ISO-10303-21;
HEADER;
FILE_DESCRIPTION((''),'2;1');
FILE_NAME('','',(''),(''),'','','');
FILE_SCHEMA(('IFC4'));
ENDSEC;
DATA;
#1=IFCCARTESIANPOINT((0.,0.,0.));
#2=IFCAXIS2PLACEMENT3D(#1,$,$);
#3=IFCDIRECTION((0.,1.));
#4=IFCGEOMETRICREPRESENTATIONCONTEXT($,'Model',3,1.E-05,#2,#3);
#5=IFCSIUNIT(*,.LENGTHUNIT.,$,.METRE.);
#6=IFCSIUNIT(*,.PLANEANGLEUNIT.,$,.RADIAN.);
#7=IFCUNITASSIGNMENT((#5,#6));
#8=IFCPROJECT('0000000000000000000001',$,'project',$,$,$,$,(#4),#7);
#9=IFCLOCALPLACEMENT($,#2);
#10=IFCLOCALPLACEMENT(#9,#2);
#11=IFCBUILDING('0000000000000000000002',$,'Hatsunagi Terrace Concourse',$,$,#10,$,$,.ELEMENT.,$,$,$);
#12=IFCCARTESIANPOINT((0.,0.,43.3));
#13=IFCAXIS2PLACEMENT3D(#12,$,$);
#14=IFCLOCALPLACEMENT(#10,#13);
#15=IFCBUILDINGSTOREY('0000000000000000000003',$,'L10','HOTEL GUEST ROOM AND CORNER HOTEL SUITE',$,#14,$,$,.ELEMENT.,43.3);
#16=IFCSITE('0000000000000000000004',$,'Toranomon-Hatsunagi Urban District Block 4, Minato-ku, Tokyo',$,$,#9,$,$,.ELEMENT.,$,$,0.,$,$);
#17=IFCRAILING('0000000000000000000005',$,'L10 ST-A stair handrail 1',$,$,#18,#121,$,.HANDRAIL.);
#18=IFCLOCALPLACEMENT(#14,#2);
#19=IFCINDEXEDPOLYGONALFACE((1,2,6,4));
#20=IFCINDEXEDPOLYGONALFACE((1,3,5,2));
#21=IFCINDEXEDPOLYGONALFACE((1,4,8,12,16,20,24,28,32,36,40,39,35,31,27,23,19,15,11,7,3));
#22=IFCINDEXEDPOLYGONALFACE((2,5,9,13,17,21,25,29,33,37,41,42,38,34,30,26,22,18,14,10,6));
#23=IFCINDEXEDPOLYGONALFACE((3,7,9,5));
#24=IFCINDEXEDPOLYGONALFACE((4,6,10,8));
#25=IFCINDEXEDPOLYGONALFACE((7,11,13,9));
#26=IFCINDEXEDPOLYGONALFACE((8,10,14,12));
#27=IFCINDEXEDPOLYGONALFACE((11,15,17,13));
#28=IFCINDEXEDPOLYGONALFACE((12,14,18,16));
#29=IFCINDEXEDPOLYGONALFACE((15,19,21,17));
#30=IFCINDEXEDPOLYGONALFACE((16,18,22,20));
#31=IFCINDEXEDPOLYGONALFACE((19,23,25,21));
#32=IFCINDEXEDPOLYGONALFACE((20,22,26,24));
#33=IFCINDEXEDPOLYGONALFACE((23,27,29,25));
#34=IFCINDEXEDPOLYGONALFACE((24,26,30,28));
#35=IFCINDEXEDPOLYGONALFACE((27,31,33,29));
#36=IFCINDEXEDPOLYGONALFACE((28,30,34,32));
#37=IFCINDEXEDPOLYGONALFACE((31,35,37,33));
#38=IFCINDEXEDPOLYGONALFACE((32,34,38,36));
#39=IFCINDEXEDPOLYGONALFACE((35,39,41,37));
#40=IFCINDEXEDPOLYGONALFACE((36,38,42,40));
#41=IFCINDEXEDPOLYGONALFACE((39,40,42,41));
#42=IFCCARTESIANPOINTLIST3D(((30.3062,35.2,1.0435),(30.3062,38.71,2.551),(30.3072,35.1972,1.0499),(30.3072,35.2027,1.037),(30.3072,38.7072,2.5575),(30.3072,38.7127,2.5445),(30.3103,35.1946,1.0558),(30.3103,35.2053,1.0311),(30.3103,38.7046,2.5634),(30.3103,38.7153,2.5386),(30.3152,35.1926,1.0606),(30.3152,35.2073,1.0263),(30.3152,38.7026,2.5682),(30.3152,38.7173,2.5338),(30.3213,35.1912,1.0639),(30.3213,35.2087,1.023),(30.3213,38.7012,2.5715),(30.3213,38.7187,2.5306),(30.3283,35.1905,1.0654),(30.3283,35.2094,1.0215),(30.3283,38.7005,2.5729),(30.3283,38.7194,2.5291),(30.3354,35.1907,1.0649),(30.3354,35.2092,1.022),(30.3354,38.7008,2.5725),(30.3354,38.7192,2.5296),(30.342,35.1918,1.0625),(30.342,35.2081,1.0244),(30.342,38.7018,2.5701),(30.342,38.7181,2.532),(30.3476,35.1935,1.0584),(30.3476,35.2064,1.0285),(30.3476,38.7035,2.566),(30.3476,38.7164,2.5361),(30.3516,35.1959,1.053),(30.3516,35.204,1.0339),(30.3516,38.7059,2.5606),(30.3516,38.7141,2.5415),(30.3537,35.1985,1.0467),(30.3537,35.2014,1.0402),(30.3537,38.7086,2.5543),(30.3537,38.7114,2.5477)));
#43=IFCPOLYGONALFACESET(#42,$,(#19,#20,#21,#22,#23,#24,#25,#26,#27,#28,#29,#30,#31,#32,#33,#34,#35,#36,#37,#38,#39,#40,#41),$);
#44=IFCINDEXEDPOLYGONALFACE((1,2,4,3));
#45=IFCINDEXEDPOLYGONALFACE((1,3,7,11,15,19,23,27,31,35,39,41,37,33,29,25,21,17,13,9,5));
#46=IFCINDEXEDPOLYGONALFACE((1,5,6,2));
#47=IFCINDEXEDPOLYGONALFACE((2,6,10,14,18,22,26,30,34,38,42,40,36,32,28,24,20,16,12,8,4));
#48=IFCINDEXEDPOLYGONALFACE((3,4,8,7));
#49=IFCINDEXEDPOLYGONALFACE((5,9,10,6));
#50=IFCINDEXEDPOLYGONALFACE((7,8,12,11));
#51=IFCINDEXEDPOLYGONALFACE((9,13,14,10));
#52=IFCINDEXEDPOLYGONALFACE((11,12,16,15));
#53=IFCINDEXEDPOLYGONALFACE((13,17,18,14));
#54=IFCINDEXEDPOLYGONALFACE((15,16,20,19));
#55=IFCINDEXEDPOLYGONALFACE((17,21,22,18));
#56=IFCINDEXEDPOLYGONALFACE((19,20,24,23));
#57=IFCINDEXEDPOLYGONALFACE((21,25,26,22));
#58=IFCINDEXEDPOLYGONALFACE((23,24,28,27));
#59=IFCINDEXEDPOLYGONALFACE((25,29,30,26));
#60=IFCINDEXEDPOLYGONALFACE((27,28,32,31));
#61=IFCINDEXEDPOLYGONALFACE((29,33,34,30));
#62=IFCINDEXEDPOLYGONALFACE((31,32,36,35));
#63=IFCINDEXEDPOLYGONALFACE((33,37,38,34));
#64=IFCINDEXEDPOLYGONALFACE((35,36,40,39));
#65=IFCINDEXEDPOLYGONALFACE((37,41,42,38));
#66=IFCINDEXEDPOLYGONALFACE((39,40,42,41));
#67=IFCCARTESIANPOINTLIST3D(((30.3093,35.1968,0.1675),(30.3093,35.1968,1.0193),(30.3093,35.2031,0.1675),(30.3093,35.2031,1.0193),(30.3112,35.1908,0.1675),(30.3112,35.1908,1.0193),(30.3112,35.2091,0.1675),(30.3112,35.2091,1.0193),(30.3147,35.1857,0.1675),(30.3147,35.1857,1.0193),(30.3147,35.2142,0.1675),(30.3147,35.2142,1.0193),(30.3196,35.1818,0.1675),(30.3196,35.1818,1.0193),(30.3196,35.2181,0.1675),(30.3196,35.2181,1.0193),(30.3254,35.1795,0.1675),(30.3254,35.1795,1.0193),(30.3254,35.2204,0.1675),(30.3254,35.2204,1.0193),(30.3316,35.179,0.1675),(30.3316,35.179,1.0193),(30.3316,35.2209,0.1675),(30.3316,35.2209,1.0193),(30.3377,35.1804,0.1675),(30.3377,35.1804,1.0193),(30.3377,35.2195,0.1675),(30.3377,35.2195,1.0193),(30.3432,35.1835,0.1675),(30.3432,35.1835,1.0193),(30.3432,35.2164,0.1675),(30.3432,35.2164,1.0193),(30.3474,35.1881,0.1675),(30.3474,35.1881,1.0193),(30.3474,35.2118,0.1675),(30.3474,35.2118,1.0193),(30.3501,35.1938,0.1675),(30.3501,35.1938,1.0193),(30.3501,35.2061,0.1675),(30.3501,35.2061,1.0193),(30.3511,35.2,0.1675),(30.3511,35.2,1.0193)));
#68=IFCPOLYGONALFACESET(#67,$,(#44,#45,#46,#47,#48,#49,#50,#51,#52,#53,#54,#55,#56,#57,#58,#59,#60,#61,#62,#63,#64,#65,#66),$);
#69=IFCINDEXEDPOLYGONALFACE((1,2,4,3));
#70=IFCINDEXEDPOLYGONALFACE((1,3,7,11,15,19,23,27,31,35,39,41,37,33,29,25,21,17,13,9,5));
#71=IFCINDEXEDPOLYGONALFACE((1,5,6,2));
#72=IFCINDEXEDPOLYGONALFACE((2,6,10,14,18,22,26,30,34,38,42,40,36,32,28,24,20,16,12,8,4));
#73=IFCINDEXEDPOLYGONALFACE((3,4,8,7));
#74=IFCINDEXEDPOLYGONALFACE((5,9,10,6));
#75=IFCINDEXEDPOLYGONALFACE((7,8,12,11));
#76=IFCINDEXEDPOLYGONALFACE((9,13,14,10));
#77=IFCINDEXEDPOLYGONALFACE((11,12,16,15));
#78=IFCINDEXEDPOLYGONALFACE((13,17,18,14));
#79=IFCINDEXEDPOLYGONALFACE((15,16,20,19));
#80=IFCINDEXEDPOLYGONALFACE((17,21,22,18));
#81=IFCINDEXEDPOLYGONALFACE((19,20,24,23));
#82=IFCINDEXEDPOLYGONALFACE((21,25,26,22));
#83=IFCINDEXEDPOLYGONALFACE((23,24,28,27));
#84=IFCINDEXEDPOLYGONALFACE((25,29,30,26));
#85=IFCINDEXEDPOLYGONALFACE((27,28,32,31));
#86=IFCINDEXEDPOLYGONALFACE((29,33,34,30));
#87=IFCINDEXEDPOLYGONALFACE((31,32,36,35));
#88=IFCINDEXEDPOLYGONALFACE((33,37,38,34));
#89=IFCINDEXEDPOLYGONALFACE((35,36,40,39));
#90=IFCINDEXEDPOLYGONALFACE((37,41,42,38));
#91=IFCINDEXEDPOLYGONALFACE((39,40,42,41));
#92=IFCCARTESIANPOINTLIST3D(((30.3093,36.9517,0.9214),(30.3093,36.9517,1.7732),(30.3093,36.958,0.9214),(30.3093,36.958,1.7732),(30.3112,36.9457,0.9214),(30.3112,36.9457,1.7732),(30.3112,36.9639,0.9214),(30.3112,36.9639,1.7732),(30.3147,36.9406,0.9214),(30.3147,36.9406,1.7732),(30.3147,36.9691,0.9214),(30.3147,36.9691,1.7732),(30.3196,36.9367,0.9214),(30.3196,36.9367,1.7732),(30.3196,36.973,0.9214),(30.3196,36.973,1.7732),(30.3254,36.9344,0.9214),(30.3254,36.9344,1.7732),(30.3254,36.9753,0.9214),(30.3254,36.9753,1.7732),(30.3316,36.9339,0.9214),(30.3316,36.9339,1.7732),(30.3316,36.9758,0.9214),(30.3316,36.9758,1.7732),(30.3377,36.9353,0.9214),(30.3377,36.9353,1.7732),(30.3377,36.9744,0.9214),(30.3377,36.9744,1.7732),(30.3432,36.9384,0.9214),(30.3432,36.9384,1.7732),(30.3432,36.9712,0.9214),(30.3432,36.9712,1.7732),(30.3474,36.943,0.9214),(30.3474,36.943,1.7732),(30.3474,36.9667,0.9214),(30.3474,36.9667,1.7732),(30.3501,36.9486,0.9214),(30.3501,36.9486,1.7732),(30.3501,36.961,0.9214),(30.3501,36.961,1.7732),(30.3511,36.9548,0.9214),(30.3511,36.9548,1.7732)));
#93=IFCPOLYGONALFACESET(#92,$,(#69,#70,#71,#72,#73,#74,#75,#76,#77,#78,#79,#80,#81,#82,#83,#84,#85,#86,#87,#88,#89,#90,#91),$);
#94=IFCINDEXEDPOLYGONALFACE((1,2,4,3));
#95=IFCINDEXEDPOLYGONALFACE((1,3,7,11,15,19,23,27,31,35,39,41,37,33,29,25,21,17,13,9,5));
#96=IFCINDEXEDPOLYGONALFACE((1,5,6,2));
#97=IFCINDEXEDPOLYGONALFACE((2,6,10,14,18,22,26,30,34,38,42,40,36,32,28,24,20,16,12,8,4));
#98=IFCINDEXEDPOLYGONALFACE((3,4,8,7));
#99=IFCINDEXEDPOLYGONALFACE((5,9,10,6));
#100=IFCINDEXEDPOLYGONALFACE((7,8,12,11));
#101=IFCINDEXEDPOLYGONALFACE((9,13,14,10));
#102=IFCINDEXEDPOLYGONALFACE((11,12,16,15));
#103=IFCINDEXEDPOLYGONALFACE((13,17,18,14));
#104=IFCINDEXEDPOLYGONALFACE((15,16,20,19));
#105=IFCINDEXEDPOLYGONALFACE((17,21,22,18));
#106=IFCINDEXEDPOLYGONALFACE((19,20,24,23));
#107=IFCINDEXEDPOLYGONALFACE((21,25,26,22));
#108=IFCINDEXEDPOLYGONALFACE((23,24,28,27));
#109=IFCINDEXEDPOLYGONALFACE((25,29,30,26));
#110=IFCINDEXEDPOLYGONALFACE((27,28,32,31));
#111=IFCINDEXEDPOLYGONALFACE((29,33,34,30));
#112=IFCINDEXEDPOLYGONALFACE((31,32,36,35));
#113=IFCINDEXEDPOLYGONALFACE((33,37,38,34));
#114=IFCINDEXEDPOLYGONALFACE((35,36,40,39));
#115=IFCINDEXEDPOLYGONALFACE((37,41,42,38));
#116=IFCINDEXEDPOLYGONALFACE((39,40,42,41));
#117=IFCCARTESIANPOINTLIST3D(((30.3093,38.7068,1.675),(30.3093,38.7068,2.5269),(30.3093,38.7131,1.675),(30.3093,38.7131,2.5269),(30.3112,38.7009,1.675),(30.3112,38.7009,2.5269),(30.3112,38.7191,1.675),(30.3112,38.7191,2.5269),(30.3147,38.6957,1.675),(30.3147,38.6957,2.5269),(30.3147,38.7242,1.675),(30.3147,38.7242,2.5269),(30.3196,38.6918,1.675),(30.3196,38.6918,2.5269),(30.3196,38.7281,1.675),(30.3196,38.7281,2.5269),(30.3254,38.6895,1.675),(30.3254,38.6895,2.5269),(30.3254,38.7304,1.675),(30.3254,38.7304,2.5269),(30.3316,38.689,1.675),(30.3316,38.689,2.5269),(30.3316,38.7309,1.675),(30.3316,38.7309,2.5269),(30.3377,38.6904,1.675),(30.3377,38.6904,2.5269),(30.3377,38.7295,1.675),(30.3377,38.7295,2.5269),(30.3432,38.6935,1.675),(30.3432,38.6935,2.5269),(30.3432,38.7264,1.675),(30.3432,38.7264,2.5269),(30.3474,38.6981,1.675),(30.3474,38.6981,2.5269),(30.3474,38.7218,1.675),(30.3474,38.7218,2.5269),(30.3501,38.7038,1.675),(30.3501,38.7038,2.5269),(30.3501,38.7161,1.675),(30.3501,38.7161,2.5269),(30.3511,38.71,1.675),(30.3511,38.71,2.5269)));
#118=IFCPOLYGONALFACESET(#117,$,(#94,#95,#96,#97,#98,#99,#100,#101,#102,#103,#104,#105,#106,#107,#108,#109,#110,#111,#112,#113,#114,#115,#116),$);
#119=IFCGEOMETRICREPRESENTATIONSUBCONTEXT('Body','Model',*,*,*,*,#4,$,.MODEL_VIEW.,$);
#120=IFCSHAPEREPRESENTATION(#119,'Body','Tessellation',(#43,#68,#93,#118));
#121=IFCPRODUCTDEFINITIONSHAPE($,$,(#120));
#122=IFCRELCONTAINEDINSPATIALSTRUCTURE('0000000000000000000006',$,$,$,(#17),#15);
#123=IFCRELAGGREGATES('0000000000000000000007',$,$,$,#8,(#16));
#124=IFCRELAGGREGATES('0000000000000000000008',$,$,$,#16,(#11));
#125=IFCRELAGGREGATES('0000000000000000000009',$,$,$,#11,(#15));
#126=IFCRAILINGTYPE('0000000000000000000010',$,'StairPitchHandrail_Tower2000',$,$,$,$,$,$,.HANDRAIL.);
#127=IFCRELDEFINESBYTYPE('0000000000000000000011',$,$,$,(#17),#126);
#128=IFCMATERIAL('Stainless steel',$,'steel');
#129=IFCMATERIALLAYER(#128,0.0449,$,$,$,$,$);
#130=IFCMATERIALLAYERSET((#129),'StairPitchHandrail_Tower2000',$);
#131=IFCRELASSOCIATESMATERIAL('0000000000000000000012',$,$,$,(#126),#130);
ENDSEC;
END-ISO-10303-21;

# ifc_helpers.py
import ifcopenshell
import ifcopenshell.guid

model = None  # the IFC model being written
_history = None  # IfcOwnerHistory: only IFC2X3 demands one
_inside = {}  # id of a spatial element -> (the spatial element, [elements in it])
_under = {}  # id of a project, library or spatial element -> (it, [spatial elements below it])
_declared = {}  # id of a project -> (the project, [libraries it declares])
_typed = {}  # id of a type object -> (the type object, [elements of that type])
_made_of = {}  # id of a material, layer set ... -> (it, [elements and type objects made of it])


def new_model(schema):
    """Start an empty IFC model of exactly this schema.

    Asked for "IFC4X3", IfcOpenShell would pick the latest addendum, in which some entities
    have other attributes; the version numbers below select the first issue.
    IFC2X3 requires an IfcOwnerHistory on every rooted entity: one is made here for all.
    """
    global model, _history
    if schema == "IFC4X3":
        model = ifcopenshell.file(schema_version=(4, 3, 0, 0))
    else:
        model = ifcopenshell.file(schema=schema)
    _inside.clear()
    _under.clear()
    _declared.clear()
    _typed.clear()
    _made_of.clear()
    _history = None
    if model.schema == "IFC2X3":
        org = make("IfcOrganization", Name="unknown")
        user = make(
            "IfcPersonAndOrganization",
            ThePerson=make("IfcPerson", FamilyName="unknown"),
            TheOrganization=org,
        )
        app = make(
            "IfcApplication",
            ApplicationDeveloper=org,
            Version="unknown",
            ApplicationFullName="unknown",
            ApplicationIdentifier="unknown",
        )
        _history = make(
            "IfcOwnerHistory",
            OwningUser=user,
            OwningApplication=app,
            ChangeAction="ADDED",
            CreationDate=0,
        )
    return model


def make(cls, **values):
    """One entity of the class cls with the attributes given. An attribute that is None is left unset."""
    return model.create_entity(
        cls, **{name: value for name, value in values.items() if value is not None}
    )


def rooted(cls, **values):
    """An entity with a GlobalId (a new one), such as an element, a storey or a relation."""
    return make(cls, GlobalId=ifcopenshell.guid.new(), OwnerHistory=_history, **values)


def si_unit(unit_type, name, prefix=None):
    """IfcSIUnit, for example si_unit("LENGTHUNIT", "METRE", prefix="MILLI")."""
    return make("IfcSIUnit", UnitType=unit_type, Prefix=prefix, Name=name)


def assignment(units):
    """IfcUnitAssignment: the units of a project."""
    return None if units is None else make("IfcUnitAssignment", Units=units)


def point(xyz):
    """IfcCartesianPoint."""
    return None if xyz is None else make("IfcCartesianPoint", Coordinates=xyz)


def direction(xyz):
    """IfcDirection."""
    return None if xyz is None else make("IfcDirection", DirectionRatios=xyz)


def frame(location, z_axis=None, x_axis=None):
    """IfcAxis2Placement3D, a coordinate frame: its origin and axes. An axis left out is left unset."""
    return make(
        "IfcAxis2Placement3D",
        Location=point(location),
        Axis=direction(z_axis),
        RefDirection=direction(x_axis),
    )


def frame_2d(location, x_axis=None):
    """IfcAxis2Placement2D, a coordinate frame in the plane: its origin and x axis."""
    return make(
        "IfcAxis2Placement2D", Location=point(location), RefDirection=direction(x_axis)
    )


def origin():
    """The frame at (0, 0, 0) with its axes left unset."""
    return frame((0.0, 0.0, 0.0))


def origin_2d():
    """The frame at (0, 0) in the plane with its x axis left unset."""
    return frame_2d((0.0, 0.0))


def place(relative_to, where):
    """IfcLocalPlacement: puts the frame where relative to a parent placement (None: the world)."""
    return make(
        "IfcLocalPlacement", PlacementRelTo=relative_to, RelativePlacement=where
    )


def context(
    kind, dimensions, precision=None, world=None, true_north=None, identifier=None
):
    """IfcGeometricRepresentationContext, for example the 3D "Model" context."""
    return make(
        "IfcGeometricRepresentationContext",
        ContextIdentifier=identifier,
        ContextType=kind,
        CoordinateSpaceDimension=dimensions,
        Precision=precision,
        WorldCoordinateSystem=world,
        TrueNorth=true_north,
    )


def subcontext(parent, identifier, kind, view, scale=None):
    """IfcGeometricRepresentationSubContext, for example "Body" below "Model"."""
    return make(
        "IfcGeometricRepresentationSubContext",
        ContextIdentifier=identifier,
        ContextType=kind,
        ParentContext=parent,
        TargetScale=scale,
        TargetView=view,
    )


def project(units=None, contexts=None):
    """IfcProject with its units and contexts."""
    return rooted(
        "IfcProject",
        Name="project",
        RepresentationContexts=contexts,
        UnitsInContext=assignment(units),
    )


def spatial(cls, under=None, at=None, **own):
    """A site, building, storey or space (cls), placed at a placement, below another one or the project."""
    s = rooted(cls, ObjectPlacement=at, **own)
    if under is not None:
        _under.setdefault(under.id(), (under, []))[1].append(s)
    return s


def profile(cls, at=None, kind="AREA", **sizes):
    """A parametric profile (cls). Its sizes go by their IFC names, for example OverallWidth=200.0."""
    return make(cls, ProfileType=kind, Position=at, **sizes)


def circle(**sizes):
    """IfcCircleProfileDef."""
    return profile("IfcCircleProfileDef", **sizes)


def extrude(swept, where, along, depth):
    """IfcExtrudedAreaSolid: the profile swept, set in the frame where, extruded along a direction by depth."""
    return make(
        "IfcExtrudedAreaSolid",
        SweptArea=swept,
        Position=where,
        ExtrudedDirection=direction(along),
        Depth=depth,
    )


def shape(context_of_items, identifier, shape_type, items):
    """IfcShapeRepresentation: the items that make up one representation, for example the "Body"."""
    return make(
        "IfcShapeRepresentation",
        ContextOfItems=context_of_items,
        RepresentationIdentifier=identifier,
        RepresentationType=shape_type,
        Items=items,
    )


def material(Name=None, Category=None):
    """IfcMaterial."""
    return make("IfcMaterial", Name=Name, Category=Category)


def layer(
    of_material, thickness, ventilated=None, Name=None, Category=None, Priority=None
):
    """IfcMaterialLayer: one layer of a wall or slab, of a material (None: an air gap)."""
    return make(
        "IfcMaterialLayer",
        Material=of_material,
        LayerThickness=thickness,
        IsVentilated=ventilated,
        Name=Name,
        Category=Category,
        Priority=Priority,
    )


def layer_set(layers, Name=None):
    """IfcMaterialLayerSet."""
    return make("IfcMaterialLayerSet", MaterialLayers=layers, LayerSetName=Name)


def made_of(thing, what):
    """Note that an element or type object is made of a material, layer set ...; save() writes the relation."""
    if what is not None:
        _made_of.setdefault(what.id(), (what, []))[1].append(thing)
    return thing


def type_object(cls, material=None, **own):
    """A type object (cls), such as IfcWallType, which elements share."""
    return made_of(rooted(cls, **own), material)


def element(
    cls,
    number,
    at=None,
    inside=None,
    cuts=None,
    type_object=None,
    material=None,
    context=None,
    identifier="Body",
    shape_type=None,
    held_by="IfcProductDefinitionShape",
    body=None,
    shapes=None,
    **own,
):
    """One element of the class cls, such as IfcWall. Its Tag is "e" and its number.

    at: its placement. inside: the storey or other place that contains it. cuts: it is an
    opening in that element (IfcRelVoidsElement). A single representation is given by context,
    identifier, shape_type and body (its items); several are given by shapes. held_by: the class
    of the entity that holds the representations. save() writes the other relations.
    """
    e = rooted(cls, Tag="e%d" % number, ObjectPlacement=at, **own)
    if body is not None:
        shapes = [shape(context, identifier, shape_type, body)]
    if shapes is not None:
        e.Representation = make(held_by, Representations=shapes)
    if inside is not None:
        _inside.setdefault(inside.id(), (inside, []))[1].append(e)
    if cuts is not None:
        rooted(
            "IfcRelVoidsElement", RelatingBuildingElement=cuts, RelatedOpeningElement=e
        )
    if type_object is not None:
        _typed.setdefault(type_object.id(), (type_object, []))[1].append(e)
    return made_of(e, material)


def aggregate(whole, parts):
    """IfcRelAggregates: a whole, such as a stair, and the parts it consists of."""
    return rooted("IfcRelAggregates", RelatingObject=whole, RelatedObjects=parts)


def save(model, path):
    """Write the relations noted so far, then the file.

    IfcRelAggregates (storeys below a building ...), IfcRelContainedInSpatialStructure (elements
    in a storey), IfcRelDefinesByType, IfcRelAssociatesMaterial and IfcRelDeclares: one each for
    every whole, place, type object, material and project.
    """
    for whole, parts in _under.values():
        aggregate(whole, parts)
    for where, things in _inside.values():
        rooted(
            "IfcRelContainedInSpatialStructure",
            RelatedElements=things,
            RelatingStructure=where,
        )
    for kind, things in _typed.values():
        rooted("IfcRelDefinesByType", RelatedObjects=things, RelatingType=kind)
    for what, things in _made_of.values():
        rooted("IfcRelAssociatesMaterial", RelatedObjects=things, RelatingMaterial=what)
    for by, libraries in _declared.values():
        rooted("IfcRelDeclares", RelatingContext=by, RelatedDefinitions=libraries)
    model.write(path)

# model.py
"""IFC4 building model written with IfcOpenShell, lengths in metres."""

from ifc_helpers import new_model, si_unit, direction, frame, origin, origin_2d, place, context, subcontext, project, spatial, circle, extrude, material, layer, layer_set, type_object, element, save


model = new_model("IFC4")

# Units and contexts
model_context = context("Model", 3, precision=1e-05, world=origin(), true_north=direction((0.0, 1.0)))
body_context = subcontext(model_context, "Body", "Model", "MODEL_VIEW")
ifc_project = project(units=[si_unit("LENGTHUNIT", "METRE"), si_unit("PLANEANGLEUNIT", "RADIAN")], contexts=[model_context])

# Site, building, storey
site_placement = place(None, origin())
site = spatial("IfcSite", under=ifc_project, at=site_placement, Name="Toranomon-Hatsunagi Urban District Block 4, Minato-ku, Tokyo", CompositionType="ELEMENT", RefElevation=0.0)
building_placement = place(site_placement, origin())
building = spatial("IfcBuilding", under=site, at=building_placement, Name="Hatsunagi Terrace Concourse", CompositionType="ELEMENT")
storey_placement = place(building_placement, frame((0.0, 0.0, 43.3)))
storey = spatial("IfcBuildingStorey", under=building, at=storey_placement, Name="L10", Description="HOTEL GUEST ROOM AND CORNER HOTEL SUITE", CompositionType="ELEMENT", Elevation=43.3)

# Railing
ifc_material_1 = material(Name="Stainless steel", Category="steel")
ifc_layer_1 = layer(ifc_material_1, 0.0449)
ifc_layer_set_1 = layer_set([ifc_layer_1], Name="StairPitchHandrail_Tower2000")
railing_type_1 = type_object("IfcRailingType", Name="StairPitchHandrail_Tower2000", PredefinedType="HANDRAIL", material=ifc_layer_set_1)
railing_1_placement = place(storey_placement, frame((30.3301, 35.2, 0.1675)))
element("IfcRailing", 1, at=railing_1_placement, inside=storey, type_object=railing_type_1, Name="L10 ST-A stair handrail 1", PredefinedType="HANDRAIL", context=body_context, shape_type="SweptSolid", body=[
    extrude(circle(Radius=0.0239, at=origin_2d()), frame((0.0, 0.0, 0.876), z_axis=(0.0, 0.918834, 0.394644), x_axis=(-1.0, 0.0, 0.0)), (0.0, 0.0, 1.0), 3.8201),
    extrude(circle(Radius=0.021, at=origin_2d()), origin(), (0.0, 0.0, 1.0), 0.8518),
    extrude(circle(Radius=0.021, at=origin_2d()), frame((0.0, 1.7549, 0.7539)), (0.0, 0.0, 1.0), 0.8518),
    extrude(circle(Radius=0.021, at=origin_2d()), frame((0.0, 3.51, 1.5076)), (0.0, 0.0, 1.0), 0.8518),
])

save(model, "model.ifc")
